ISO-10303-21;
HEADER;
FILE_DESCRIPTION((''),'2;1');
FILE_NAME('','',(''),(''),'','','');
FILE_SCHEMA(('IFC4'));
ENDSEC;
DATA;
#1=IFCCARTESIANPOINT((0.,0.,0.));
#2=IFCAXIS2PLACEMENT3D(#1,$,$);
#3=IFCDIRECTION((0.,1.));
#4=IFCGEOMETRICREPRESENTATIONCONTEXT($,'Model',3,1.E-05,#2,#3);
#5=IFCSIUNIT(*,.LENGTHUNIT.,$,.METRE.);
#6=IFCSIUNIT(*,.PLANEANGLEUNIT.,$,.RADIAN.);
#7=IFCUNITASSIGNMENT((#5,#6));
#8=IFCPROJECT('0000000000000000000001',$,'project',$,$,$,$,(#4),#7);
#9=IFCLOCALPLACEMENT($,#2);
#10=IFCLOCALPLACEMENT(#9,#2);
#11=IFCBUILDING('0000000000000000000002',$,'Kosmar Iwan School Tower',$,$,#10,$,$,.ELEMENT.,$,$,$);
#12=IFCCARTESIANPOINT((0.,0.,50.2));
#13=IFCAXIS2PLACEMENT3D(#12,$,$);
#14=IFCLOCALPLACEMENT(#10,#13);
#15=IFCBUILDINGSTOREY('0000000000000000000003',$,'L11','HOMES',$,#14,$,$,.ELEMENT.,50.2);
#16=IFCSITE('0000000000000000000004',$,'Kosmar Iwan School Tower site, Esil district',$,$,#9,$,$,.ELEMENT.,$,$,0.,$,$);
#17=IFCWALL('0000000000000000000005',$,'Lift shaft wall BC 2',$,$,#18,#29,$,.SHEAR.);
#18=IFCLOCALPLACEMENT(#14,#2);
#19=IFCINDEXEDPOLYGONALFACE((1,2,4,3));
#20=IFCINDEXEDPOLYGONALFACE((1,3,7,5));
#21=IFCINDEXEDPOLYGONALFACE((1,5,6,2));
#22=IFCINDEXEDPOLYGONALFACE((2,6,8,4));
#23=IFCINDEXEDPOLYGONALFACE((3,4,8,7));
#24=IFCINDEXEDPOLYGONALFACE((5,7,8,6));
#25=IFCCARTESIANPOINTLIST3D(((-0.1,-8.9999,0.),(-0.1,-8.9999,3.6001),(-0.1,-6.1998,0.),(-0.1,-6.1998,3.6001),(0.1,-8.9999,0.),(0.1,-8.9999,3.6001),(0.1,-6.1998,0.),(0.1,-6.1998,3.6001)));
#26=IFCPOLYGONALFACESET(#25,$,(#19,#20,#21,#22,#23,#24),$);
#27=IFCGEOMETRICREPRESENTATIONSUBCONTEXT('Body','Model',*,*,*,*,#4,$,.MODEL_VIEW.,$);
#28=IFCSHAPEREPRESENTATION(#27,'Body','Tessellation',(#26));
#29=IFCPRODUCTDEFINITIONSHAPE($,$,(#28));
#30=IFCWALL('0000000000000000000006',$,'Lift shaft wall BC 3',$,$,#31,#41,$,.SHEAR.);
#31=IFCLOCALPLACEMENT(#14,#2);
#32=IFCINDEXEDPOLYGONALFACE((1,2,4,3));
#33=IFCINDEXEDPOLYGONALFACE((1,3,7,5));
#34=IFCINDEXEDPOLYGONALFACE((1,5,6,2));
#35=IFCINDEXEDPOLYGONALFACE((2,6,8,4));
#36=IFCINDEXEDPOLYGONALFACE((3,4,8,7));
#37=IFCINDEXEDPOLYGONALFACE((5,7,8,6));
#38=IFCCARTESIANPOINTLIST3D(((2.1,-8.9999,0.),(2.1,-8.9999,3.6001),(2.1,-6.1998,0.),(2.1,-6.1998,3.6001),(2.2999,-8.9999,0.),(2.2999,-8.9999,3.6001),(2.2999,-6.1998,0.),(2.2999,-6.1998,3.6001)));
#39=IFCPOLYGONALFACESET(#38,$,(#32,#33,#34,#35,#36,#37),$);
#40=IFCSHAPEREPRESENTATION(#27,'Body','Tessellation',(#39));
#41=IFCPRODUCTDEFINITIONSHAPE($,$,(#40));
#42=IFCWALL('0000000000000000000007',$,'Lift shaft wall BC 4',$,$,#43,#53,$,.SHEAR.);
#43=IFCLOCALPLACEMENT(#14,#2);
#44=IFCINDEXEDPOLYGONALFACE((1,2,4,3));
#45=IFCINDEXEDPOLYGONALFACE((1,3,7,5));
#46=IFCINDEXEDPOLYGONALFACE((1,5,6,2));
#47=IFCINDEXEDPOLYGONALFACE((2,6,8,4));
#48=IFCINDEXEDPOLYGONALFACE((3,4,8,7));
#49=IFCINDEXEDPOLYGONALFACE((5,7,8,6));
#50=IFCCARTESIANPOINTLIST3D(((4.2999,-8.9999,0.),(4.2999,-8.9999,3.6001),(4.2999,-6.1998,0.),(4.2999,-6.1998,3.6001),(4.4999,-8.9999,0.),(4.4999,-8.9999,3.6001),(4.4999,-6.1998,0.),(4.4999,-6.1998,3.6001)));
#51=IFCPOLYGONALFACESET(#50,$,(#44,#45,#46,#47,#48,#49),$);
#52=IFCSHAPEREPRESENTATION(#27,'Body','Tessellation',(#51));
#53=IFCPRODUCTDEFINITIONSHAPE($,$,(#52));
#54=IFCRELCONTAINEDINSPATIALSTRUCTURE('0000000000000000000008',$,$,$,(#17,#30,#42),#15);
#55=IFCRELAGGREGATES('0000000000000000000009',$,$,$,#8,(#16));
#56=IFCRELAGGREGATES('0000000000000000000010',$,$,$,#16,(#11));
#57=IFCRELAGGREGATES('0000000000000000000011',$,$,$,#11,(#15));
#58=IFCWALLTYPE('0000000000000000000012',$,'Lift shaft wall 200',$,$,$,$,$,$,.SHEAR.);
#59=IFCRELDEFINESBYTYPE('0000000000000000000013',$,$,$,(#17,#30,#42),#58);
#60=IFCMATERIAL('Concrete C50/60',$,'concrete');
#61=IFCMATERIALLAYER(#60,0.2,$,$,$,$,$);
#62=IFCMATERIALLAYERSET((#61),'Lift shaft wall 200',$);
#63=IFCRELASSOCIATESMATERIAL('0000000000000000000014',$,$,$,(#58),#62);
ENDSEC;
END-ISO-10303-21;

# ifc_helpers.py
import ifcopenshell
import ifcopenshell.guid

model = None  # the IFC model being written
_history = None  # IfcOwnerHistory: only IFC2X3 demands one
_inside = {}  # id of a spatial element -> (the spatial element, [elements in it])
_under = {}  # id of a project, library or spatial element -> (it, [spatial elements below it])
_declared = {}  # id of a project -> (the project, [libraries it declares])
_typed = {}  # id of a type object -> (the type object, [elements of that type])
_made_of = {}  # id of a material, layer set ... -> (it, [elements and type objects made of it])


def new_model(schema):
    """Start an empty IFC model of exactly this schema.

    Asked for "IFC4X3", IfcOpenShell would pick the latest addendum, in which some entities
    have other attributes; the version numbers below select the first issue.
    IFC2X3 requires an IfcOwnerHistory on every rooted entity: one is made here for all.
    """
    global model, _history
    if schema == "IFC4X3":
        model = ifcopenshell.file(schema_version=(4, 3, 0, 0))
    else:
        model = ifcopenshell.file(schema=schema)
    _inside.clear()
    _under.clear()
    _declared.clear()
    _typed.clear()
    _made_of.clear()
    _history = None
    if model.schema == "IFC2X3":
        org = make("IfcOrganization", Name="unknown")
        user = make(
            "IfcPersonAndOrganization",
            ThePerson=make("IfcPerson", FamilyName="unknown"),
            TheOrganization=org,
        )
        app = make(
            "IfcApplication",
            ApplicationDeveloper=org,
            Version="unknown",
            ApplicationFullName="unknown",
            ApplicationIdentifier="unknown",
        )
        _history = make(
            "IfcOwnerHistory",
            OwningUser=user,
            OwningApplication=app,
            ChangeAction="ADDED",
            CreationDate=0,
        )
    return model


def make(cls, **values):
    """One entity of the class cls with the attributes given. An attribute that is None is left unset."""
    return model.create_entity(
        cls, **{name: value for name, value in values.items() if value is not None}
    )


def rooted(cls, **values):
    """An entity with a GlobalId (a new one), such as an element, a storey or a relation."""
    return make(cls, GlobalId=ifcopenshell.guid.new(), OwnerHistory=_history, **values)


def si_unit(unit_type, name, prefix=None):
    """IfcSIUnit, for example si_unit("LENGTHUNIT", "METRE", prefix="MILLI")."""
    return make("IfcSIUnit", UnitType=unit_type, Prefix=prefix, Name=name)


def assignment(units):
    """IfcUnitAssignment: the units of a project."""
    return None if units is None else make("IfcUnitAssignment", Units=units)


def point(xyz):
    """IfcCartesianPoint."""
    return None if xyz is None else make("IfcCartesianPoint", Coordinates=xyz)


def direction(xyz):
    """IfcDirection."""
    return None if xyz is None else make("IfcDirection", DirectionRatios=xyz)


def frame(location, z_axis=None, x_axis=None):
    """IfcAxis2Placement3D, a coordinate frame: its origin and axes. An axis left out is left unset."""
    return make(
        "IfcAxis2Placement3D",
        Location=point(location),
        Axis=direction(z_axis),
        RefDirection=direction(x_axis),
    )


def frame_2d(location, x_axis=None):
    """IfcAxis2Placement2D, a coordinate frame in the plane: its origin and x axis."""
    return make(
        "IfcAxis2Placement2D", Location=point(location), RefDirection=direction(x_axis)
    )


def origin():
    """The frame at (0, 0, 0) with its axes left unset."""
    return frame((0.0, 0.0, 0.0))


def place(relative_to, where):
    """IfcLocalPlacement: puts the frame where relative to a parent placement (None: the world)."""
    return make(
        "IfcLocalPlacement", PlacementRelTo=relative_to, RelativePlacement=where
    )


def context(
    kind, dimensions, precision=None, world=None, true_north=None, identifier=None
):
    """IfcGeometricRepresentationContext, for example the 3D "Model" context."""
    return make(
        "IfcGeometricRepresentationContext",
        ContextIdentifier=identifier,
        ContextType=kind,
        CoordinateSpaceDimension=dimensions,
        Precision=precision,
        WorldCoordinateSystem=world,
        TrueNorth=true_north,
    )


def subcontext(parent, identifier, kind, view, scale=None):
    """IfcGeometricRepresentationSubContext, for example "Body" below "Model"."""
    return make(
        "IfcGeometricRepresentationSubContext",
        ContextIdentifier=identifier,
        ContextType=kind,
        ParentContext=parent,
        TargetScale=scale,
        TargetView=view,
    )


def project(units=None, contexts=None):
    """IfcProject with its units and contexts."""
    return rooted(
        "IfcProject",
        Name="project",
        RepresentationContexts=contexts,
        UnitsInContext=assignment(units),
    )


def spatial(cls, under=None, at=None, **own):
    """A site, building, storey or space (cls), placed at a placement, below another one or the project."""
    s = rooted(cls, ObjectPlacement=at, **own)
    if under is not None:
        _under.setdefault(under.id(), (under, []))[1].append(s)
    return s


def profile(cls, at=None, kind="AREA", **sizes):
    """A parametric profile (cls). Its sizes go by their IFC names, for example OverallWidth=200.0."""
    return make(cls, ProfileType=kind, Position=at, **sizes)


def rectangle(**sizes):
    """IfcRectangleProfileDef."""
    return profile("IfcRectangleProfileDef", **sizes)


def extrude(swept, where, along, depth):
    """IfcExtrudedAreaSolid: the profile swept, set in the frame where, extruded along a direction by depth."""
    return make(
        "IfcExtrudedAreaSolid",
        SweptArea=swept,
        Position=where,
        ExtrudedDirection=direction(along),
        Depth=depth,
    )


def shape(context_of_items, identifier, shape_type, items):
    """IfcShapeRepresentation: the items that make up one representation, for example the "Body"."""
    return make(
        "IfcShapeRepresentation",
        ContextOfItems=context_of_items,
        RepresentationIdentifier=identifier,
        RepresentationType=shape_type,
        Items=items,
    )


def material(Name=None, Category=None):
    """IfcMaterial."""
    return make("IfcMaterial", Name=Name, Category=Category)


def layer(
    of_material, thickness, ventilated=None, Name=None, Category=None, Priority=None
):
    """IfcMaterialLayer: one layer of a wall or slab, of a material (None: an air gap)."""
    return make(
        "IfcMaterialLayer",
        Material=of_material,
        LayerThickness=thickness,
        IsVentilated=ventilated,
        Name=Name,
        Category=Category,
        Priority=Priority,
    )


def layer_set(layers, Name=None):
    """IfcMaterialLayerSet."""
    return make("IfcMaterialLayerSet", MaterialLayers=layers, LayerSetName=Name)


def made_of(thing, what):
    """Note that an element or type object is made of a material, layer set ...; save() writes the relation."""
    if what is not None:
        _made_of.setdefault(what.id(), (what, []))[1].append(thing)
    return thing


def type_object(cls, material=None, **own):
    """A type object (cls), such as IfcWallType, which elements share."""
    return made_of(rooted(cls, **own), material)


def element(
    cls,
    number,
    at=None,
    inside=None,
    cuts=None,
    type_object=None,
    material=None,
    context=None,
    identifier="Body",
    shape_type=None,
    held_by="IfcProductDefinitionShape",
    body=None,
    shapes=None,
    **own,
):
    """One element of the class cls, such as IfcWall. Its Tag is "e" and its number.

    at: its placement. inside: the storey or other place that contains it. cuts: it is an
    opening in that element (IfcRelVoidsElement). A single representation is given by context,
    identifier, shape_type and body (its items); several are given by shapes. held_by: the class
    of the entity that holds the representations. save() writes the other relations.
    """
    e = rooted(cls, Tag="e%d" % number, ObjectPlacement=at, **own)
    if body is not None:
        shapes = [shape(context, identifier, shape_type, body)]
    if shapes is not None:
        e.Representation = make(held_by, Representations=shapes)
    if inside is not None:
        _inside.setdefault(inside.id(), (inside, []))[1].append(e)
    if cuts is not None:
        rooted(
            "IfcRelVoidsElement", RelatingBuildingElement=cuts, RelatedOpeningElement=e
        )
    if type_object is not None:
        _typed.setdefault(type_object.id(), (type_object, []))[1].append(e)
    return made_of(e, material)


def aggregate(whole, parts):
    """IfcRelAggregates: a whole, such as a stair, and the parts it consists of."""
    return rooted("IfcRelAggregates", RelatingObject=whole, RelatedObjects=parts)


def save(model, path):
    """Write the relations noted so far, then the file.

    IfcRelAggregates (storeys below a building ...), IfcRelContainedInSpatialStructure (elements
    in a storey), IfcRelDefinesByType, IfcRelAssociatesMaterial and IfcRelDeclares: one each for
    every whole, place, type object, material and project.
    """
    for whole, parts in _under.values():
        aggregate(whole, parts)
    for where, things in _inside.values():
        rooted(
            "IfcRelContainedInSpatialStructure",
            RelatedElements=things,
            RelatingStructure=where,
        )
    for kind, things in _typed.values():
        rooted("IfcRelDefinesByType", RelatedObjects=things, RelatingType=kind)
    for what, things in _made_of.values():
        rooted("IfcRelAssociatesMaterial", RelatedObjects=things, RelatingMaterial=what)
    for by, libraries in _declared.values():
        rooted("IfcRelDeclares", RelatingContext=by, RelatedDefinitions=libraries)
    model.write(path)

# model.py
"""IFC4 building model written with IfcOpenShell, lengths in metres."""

from ifc_helpers import new_model, si_unit, direction, frame, frame_2d, origin, place, context, subcontext, project, spatial, rectangle, extrude, material, layer, layer_set, type_object, element, save


model = new_model("IFC4")

# Units and contexts
model_context = context("Model", 3, precision=1e-05, world=origin(), true_north=direction((0.0, 1.0)))
body_context = subcontext(model_context, "Body", "Model", "MODEL_VIEW")
ifc_project = project(units=[si_unit("LENGTHUNIT", "METRE"), si_unit("PLANEANGLEUNIT", "RADIAN")], contexts=[model_context])

# Site, building, storey
site_placement = place(None, origin())
site = spatial("IfcSite", under=ifc_project, at=site_placement, Name="Kosmar Iwan School Tower site, Esil district", CompositionType="ELEMENT", RefElevation=0.0)
building_placement = place(site_placement, origin())
building = spatial("IfcBuilding", under=site, at=building_placement, Name="Kosmar Iwan School Tower", CompositionType="ELEMENT")
storey_placement = place(building_placement, frame((0.0, 0.0, 50.2)))
storey = spatial("IfcBuildingStorey", under=building, at=storey_placement, Name="L11", Description="HOMES", CompositionType="ELEMENT", Elevation=50.2)

# Walls
ifc_material_1 = material(Name="Concrete C50/60", Category="concrete")
ifc_layer_1 = layer(ifc_material_1, 0.2)
ifc_layer_set_1 = layer_set([ifc_layer_1], Name="Lift shaft wall 200")
wall_type_1 = type_object("IfcWallType", Name="Lift shaft wall 200", PredefinedType="SHEAR", material=ifc_layer_set_1)
for number, where, z_axis, x_axis, name in (
    (1, (0.0, -6.2, 0.0), (0.0, 0.0, 1.0), (0.0, -1.0, 0.0), "Lift shaft wall BC 2"),
    (2, (2.2, -6.2, 0.0), (0.0, 0.0, 1.0), (0.0, -1.0, 0.0), "Lift shaft wall BC 3"),
    (3, (4.3999, -6.2, 0.0), (0.0, 0.0, 1.0), (0.0, -1.0, 0.0), "Lift shaft wall BC 4"),
):
    element("IfcWall", number, at=place(storey_placement, frame(where, z_axis=z_axis, x_axis=x_axis)), inside=storey, type_object=wall_type_1, Name=name, PredefinedType="SHEAR", context=body_context, shape_type="SweptSolid", body=[
        extrude(rectangle(XDim=2.8, YDim=0.2, at=frame_2d((1.3999, 0.0))), origin(), (0.0, 0.0, 1.0), 3.6001),
    ])

save(model, "model.ifc")
